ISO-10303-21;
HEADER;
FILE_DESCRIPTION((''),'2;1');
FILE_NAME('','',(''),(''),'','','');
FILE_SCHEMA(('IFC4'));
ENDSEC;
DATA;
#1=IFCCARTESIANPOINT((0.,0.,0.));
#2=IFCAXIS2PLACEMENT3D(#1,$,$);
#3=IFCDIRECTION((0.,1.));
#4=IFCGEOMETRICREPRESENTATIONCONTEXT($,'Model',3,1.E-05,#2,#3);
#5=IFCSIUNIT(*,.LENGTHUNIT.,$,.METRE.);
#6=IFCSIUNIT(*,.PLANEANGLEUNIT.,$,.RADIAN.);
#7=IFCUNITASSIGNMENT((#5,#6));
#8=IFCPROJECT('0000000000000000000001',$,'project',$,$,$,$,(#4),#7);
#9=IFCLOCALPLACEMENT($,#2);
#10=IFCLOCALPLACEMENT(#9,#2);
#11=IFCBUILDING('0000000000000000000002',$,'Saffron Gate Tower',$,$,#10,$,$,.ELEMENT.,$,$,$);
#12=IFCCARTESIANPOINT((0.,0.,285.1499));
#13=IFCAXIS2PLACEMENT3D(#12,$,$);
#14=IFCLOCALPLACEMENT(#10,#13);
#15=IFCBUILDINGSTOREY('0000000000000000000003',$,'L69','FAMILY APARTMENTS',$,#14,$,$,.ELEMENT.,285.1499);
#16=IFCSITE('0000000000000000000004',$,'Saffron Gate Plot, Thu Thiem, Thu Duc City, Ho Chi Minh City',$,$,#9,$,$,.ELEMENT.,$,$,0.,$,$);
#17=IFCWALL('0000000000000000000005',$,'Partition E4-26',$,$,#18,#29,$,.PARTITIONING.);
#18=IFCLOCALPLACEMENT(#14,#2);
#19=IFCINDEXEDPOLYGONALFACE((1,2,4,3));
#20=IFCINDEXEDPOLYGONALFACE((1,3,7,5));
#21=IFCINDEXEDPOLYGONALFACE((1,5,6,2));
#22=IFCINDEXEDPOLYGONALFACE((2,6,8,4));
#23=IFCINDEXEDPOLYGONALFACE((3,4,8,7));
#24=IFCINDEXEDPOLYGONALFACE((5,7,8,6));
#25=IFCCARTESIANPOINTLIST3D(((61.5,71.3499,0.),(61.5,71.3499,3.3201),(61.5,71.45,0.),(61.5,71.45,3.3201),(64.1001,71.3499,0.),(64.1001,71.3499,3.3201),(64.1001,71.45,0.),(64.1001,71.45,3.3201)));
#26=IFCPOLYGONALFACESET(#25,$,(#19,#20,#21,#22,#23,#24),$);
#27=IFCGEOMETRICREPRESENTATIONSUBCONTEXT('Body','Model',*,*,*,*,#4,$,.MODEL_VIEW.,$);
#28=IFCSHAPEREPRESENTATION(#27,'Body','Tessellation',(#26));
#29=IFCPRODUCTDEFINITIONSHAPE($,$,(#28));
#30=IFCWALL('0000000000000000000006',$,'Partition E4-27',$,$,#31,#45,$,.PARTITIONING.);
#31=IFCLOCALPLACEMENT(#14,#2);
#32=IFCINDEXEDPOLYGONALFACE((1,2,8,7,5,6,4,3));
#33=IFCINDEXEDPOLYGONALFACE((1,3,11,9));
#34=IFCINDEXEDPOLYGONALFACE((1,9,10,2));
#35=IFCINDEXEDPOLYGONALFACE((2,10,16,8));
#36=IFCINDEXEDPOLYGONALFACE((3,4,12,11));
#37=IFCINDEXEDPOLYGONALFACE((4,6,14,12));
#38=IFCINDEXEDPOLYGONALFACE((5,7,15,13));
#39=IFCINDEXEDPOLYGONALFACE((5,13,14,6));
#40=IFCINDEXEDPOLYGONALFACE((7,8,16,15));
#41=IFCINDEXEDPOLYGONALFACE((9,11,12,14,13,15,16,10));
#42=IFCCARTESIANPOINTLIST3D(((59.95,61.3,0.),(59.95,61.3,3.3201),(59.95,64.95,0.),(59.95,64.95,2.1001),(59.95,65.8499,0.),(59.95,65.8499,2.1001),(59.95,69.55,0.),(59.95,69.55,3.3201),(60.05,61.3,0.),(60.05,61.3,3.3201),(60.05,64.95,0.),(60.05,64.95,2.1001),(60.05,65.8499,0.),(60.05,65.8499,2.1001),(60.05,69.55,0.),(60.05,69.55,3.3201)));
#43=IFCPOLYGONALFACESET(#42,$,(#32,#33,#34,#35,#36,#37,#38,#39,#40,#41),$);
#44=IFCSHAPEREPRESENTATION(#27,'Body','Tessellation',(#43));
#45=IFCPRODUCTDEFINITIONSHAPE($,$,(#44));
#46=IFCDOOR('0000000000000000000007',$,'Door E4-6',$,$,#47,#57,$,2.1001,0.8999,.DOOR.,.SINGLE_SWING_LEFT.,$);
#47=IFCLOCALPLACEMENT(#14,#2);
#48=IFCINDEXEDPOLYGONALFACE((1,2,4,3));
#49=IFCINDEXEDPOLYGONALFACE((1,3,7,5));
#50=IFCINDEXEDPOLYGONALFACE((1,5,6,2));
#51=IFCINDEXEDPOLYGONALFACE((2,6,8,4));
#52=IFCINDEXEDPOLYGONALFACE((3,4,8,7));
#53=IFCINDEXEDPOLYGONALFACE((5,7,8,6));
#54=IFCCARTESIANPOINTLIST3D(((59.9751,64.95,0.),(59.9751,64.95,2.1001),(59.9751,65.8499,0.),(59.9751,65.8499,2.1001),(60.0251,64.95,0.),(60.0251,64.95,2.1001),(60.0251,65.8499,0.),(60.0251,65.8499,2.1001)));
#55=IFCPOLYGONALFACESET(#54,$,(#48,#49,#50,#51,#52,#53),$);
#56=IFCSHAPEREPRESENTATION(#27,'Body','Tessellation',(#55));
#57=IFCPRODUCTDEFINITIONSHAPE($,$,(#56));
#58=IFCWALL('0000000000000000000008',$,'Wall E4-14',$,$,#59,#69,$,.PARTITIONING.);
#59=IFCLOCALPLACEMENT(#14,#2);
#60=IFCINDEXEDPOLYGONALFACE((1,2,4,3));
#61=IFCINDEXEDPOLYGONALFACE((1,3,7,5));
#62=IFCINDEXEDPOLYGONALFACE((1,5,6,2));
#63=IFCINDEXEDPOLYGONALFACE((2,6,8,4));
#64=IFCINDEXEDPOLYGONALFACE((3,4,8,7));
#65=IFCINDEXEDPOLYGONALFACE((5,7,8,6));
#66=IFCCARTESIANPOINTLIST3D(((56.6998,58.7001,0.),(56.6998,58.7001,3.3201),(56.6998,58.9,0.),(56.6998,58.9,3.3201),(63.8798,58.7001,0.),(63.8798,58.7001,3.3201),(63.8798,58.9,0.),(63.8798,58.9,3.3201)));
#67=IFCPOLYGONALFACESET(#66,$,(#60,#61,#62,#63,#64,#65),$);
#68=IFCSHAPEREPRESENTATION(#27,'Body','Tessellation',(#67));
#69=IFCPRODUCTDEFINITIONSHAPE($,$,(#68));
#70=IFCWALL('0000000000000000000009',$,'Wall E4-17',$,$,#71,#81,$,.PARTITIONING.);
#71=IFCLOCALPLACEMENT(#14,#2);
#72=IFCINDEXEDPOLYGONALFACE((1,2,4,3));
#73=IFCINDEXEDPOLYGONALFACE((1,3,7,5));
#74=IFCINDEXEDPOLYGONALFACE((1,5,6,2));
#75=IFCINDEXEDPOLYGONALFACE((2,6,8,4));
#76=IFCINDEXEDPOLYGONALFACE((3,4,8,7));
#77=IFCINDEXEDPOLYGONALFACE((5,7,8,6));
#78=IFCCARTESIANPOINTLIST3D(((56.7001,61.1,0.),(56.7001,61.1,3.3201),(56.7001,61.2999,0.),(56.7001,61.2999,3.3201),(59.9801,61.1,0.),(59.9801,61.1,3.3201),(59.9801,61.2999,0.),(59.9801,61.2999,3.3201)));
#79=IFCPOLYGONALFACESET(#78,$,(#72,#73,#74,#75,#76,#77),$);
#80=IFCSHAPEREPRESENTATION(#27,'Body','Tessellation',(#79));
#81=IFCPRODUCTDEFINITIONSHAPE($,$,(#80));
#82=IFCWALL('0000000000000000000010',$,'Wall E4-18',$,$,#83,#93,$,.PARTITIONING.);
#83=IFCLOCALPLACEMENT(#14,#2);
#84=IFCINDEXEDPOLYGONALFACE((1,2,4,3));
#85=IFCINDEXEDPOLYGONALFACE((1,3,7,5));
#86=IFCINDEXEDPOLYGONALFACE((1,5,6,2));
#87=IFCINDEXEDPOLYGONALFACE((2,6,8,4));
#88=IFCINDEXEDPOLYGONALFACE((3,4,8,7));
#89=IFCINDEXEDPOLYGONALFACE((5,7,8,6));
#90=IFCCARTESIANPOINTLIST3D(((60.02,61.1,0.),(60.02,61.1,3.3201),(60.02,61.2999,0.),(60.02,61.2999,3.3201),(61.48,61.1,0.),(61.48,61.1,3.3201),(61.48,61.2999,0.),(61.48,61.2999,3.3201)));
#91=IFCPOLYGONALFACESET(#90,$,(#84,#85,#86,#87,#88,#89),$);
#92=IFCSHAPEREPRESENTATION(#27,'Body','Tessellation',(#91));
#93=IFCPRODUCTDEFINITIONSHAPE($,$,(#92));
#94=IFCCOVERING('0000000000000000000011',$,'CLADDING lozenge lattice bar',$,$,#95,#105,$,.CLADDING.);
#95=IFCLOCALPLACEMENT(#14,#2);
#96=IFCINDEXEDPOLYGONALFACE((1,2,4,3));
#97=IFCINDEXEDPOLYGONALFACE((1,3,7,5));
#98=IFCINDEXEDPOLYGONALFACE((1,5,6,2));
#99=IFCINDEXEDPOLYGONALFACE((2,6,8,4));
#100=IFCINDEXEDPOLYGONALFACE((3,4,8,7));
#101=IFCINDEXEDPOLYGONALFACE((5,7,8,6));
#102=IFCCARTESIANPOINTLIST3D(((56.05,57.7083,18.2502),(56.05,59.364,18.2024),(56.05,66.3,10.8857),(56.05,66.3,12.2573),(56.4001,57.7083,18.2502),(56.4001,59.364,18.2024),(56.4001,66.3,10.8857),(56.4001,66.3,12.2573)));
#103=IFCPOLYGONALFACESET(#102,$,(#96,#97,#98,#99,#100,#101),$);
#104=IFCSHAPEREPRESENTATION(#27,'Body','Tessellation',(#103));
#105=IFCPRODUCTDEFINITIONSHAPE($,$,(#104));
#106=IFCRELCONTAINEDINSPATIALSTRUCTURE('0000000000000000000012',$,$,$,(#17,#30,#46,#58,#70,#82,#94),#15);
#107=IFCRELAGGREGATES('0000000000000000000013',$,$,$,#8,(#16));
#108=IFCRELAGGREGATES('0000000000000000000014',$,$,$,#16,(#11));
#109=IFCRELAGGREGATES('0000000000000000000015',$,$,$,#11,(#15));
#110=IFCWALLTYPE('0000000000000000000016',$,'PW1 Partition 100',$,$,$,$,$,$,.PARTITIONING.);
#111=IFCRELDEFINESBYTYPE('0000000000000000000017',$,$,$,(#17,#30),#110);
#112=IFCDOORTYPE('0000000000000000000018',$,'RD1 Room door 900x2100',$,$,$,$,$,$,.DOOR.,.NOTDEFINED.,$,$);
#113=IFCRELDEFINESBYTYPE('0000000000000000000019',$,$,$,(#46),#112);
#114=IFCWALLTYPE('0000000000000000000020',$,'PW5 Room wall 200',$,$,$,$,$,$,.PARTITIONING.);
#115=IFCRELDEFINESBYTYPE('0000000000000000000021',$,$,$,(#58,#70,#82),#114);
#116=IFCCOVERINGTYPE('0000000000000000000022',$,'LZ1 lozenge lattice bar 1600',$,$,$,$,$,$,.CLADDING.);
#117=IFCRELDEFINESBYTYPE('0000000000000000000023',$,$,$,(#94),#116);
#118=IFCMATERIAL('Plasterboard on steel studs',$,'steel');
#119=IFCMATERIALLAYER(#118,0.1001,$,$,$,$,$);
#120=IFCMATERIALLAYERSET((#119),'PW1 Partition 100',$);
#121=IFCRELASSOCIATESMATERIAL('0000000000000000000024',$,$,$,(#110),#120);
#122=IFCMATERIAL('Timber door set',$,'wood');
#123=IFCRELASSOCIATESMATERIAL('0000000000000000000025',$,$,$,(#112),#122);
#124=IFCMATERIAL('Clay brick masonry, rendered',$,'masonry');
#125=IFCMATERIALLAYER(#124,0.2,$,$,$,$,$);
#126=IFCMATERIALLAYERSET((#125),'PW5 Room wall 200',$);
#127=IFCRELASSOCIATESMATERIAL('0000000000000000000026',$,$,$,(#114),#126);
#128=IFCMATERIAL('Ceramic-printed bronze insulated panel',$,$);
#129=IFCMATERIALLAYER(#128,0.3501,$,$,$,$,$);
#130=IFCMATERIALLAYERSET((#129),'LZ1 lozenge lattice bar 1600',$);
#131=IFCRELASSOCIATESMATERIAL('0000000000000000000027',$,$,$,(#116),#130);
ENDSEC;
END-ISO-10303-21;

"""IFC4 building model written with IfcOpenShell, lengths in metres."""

from ifc_helpers import new_model, si_unit, direction, frame, frame_2d, origin, place, context, subcontext, project, spatial, polyline, rectangle, outline, extrude, material, layer, layer_set, type_object, element, fill, save


model = new_model("IFC4")

# Units and contexts
model_context = context("Model", 3, precision=1e-05, world=origin(), true_north=direction((0.0, 1.0)))
body_context = subcontext(model_context, "Body", "Model", "MODEL_VIEW")
ifc_project = project(units=[si_unit("LENGTHUNIT", "METRE"), si_unit("PLANEANGLEUNIT", "RADIAN")], contexts=[model_context])

# Site, building, storey
site_placement = place(None, origin())
site = spatial("IfcSite", under=ifc_project, at=site_placement, Name="Saffron Gate Plot, Thu Thiem, Thu Duc City, Ho Chi Minh City", CompositionType="ELEMENT", RefElevation=0.0)
building_placement = place(site_placement, origin())
building = spatial("IfcBuilding", under=site, at=building_placement, Name="Saffron Gate Tower", CompositionType="ELEMENT")
storey_placement = place(building_placement, frame((0.0, 0.0, 285.1499)))
storey = spatial("IfcBuildingStorey", under=building, at=storey_placement, Name="L69", Description="FAMILY APARTMENTS", CompositionType="ELEMENT", Elevation=285.1499)

# Wall
ifc_material_1 = material(Name="Plasterboard on steel studs", Category="steel")
ifc_layer_1 = layer(ifc_material_1, 0.1001)
ifc_layer_set_1 = layer_set([ifc_layer_1], Name="PW1 Partition 100")
wall_type_1 = type_object("IfcWallType", Name="PW1 Partition 100", PredefinedType="PARTITIONING", material=ifc_layer_set_1)
wall_1_placement = place(storey_placement, frame((61.5, 71.3999, 0.0), z_axis=(0.0, 0.0, 1.0), x_axis=(1.0, 0.0, 0.0)))
element("IfcWall", 1, at=wall_1_placement, inside=storey, type_object=wall_type_1, Name="Partition E4-26", PredefinedType="PARTITIONING", context=body_context, shape_type="SweptSolid", body=[
    extrude(rectangle(XDim=2.6001, YDim=0.1001, at=frame_2d((1.3, 0.0))), origin(), (0.0, 0.0, 1.0), 3.3201),
])

# Wall, opening, door
wall_2_placement = place(storey_placement, frame((60.0, 61.3, 0.0), z_axis=(0.0, 0.0, 1.0), x_axis=(0.0, 1.0, 0.0)))
wall_2 = element("IfcWall", 2, at=wall_2_placement, inside=storey, type_object=wall_type_1, Name="Partition E4-27", PredefinedType="PARTITIONING", context=body_context, shape_type="SweptSolid", body=[
    extrude(rectangle(XDim=8.25, YDim=0.1001, at=frame_2d((4.125, 0.0))), origin(), (0.0, 0.0, 1.0), 3.3201),
])
opening_1_placement = place(wall_2_placement, frame((3.6499, 0.0, 0.0)))
opening_1 = element("IfcOpeningElement", 3, at=opening_1_placement, cuts=wall_2, PredefinedType="OPENING", context=body_context, shape_type="SweptSolid", body=[
    extrude(rectangle(XDim=0.8999, YDim=2.1001, at=frame_2d((0.45, 1.05))), frame((0.0, 0.0601, 0.0), z_axis=(0.0, -1.0, 0.0), x_axis=(1.0, 0.0, 0.0)), (0.0, 0.0, 1.0), 0.1201),
])
ifc_material_2 = material(Name="Timber door set", Category="wood")
door_type = type_object("IfcDoorType", Name="RD1 Room door 900x2100", OperationType="NOTDEFINED", PredefinedType="DOOR", material=ifc_material_2)
door_placement = place(opening_1_placement, origin())
door = element("IfcDoor", 4, at=door_placement, inside=storey, type_object=door_type, Name="Door E4-6", OperationType="SINGLE_SWING_LEFT", OverallHeight=2.1001, OverallWidth=0.8999, PredefinedType="DOOR", context=body_context, shape_type="SweptSolid", body=[
    extrude(rectangle(XDim=0.8999, YDim=2.1001, at=frame_2d((0.45, 1.05))), frame((0.0, 0.0249, 0.0), z_axis=(0.0, -1.0, 0.0), x_axis=(1.0, 0.0, 0.0)), (0.0, 0.0, 1.0), 0.05),
])
fill(opening_1, door)

# Walls
ifc_material_3 = material(Name="Clay brick masonry, rendered", Category="masonry")
ifc_layer_2 = layer(ifc_material_3, 0.2)
ifc_layer_set_2 = layer_set([ifc_layer_2], Name="PW5 Room wall 200")
wall_type_2 = type_object("IfcWallType", Name="PW5 Room wall 200", PredefinedType="PARTITIONING", material=ifc_layer_set_2)
wall_3_placement = place(storey_placement, frame((56.7, 58.8, 0.0), z_axis=(0.0, 0.0, 1.0), x_axis=(1.0, 0.0, 0.0)))
element("IfcWall", 5, at=wall_3_placement, inside=storey, type_object=wall_type_2, Name="Wall E4-14", PredefinedType="PARTITIONING", context=body_context, shape_type="SweptSolid", body=[
    extrude(rectangle(XDim=7.1799, YDim=0.2, at=frame_2d((3.5898, 0.0))), origin(), (0.0, 0.0, 1.0), 3.3201),
])
wall_4_placement = place(storey_placement, frame((56.7, 61.2, 0.0), z_axis=(0.0, 0.0, 1.0), x_axis=(1.0, 0.0, 0.0)))
element("IfcWall", 6, at=wall_4_placement, inside=storey, type_object=wall_type_2, Name="Wall E4-17", PredefinedType="PARTITIONING", context=body_context, shape_type="SweptSolid", body=[
    extrude(rectangle(XDim=3.28, YDim=0.2, at=frame_2d((1.6401, 0.0))), origin(), (0.0, 0.0, 1.0), 3.3201),
])
wall_5_placement = place(storey_placement, frame((60.02, 61.2, 0.0), z_axis=(0.0, 0.0, 1.0), x_axis=(1.0, 0.0, 0.0)))
element("IfcWall", 7, at=wall_5_placement, inside=storey, type_object=wall_type_2, Name="Wall E4-18", PredefinedType="PARTITIONING", context=body_context, shape_type="SweptSolid", body=[
    extrude(rectangle(XDim=1.46, YDim=0.2, at=frame_2d((0.73, 0.0))), origin(), (0.0, 0.0, 1.0), 3.3201),
])

# Covering
ifc_material_4 = material(Name="Ceramic-printed bronze insulated panel")
ifc_layer_3 = layer(ifc_material_4, 0.3501)
ifc_layer_set_3 = layer_set([ifc_layer_3], Name="LZ1 lozenge lattice bar 1600")
covering_type = type_object("IfcCoveringType", Name="LZ1 lozenge lattice bar 1600", PredefinedType="CLADDING", material=ifc_layer_set_3)
covering_placement = place(storey_placement, frame((56.05, 66.3, 12.2573), z_axis=(-1.0, 0.0, 0.0), x_axis=(0.0, 0.0, -1.0)))
element("IfcCovering", 8, at=covering_placement, inside=storey, type_object=covering_type, Name="CLADDING lozenge lattice bar", PredefinedType="CLADDING", context=body_context, shape_type="SweptSolid", body=[
    extrude(outline(polyline([(0.0, 0.0), (1.3716, 0.0), (-5.9929, 8.5918), (-5.9451, 6.936), (0.0, 0.0)])), origin(), (0.0, 0.0, -1.0), 0.3501),
])

save(model, "model.ifc")
